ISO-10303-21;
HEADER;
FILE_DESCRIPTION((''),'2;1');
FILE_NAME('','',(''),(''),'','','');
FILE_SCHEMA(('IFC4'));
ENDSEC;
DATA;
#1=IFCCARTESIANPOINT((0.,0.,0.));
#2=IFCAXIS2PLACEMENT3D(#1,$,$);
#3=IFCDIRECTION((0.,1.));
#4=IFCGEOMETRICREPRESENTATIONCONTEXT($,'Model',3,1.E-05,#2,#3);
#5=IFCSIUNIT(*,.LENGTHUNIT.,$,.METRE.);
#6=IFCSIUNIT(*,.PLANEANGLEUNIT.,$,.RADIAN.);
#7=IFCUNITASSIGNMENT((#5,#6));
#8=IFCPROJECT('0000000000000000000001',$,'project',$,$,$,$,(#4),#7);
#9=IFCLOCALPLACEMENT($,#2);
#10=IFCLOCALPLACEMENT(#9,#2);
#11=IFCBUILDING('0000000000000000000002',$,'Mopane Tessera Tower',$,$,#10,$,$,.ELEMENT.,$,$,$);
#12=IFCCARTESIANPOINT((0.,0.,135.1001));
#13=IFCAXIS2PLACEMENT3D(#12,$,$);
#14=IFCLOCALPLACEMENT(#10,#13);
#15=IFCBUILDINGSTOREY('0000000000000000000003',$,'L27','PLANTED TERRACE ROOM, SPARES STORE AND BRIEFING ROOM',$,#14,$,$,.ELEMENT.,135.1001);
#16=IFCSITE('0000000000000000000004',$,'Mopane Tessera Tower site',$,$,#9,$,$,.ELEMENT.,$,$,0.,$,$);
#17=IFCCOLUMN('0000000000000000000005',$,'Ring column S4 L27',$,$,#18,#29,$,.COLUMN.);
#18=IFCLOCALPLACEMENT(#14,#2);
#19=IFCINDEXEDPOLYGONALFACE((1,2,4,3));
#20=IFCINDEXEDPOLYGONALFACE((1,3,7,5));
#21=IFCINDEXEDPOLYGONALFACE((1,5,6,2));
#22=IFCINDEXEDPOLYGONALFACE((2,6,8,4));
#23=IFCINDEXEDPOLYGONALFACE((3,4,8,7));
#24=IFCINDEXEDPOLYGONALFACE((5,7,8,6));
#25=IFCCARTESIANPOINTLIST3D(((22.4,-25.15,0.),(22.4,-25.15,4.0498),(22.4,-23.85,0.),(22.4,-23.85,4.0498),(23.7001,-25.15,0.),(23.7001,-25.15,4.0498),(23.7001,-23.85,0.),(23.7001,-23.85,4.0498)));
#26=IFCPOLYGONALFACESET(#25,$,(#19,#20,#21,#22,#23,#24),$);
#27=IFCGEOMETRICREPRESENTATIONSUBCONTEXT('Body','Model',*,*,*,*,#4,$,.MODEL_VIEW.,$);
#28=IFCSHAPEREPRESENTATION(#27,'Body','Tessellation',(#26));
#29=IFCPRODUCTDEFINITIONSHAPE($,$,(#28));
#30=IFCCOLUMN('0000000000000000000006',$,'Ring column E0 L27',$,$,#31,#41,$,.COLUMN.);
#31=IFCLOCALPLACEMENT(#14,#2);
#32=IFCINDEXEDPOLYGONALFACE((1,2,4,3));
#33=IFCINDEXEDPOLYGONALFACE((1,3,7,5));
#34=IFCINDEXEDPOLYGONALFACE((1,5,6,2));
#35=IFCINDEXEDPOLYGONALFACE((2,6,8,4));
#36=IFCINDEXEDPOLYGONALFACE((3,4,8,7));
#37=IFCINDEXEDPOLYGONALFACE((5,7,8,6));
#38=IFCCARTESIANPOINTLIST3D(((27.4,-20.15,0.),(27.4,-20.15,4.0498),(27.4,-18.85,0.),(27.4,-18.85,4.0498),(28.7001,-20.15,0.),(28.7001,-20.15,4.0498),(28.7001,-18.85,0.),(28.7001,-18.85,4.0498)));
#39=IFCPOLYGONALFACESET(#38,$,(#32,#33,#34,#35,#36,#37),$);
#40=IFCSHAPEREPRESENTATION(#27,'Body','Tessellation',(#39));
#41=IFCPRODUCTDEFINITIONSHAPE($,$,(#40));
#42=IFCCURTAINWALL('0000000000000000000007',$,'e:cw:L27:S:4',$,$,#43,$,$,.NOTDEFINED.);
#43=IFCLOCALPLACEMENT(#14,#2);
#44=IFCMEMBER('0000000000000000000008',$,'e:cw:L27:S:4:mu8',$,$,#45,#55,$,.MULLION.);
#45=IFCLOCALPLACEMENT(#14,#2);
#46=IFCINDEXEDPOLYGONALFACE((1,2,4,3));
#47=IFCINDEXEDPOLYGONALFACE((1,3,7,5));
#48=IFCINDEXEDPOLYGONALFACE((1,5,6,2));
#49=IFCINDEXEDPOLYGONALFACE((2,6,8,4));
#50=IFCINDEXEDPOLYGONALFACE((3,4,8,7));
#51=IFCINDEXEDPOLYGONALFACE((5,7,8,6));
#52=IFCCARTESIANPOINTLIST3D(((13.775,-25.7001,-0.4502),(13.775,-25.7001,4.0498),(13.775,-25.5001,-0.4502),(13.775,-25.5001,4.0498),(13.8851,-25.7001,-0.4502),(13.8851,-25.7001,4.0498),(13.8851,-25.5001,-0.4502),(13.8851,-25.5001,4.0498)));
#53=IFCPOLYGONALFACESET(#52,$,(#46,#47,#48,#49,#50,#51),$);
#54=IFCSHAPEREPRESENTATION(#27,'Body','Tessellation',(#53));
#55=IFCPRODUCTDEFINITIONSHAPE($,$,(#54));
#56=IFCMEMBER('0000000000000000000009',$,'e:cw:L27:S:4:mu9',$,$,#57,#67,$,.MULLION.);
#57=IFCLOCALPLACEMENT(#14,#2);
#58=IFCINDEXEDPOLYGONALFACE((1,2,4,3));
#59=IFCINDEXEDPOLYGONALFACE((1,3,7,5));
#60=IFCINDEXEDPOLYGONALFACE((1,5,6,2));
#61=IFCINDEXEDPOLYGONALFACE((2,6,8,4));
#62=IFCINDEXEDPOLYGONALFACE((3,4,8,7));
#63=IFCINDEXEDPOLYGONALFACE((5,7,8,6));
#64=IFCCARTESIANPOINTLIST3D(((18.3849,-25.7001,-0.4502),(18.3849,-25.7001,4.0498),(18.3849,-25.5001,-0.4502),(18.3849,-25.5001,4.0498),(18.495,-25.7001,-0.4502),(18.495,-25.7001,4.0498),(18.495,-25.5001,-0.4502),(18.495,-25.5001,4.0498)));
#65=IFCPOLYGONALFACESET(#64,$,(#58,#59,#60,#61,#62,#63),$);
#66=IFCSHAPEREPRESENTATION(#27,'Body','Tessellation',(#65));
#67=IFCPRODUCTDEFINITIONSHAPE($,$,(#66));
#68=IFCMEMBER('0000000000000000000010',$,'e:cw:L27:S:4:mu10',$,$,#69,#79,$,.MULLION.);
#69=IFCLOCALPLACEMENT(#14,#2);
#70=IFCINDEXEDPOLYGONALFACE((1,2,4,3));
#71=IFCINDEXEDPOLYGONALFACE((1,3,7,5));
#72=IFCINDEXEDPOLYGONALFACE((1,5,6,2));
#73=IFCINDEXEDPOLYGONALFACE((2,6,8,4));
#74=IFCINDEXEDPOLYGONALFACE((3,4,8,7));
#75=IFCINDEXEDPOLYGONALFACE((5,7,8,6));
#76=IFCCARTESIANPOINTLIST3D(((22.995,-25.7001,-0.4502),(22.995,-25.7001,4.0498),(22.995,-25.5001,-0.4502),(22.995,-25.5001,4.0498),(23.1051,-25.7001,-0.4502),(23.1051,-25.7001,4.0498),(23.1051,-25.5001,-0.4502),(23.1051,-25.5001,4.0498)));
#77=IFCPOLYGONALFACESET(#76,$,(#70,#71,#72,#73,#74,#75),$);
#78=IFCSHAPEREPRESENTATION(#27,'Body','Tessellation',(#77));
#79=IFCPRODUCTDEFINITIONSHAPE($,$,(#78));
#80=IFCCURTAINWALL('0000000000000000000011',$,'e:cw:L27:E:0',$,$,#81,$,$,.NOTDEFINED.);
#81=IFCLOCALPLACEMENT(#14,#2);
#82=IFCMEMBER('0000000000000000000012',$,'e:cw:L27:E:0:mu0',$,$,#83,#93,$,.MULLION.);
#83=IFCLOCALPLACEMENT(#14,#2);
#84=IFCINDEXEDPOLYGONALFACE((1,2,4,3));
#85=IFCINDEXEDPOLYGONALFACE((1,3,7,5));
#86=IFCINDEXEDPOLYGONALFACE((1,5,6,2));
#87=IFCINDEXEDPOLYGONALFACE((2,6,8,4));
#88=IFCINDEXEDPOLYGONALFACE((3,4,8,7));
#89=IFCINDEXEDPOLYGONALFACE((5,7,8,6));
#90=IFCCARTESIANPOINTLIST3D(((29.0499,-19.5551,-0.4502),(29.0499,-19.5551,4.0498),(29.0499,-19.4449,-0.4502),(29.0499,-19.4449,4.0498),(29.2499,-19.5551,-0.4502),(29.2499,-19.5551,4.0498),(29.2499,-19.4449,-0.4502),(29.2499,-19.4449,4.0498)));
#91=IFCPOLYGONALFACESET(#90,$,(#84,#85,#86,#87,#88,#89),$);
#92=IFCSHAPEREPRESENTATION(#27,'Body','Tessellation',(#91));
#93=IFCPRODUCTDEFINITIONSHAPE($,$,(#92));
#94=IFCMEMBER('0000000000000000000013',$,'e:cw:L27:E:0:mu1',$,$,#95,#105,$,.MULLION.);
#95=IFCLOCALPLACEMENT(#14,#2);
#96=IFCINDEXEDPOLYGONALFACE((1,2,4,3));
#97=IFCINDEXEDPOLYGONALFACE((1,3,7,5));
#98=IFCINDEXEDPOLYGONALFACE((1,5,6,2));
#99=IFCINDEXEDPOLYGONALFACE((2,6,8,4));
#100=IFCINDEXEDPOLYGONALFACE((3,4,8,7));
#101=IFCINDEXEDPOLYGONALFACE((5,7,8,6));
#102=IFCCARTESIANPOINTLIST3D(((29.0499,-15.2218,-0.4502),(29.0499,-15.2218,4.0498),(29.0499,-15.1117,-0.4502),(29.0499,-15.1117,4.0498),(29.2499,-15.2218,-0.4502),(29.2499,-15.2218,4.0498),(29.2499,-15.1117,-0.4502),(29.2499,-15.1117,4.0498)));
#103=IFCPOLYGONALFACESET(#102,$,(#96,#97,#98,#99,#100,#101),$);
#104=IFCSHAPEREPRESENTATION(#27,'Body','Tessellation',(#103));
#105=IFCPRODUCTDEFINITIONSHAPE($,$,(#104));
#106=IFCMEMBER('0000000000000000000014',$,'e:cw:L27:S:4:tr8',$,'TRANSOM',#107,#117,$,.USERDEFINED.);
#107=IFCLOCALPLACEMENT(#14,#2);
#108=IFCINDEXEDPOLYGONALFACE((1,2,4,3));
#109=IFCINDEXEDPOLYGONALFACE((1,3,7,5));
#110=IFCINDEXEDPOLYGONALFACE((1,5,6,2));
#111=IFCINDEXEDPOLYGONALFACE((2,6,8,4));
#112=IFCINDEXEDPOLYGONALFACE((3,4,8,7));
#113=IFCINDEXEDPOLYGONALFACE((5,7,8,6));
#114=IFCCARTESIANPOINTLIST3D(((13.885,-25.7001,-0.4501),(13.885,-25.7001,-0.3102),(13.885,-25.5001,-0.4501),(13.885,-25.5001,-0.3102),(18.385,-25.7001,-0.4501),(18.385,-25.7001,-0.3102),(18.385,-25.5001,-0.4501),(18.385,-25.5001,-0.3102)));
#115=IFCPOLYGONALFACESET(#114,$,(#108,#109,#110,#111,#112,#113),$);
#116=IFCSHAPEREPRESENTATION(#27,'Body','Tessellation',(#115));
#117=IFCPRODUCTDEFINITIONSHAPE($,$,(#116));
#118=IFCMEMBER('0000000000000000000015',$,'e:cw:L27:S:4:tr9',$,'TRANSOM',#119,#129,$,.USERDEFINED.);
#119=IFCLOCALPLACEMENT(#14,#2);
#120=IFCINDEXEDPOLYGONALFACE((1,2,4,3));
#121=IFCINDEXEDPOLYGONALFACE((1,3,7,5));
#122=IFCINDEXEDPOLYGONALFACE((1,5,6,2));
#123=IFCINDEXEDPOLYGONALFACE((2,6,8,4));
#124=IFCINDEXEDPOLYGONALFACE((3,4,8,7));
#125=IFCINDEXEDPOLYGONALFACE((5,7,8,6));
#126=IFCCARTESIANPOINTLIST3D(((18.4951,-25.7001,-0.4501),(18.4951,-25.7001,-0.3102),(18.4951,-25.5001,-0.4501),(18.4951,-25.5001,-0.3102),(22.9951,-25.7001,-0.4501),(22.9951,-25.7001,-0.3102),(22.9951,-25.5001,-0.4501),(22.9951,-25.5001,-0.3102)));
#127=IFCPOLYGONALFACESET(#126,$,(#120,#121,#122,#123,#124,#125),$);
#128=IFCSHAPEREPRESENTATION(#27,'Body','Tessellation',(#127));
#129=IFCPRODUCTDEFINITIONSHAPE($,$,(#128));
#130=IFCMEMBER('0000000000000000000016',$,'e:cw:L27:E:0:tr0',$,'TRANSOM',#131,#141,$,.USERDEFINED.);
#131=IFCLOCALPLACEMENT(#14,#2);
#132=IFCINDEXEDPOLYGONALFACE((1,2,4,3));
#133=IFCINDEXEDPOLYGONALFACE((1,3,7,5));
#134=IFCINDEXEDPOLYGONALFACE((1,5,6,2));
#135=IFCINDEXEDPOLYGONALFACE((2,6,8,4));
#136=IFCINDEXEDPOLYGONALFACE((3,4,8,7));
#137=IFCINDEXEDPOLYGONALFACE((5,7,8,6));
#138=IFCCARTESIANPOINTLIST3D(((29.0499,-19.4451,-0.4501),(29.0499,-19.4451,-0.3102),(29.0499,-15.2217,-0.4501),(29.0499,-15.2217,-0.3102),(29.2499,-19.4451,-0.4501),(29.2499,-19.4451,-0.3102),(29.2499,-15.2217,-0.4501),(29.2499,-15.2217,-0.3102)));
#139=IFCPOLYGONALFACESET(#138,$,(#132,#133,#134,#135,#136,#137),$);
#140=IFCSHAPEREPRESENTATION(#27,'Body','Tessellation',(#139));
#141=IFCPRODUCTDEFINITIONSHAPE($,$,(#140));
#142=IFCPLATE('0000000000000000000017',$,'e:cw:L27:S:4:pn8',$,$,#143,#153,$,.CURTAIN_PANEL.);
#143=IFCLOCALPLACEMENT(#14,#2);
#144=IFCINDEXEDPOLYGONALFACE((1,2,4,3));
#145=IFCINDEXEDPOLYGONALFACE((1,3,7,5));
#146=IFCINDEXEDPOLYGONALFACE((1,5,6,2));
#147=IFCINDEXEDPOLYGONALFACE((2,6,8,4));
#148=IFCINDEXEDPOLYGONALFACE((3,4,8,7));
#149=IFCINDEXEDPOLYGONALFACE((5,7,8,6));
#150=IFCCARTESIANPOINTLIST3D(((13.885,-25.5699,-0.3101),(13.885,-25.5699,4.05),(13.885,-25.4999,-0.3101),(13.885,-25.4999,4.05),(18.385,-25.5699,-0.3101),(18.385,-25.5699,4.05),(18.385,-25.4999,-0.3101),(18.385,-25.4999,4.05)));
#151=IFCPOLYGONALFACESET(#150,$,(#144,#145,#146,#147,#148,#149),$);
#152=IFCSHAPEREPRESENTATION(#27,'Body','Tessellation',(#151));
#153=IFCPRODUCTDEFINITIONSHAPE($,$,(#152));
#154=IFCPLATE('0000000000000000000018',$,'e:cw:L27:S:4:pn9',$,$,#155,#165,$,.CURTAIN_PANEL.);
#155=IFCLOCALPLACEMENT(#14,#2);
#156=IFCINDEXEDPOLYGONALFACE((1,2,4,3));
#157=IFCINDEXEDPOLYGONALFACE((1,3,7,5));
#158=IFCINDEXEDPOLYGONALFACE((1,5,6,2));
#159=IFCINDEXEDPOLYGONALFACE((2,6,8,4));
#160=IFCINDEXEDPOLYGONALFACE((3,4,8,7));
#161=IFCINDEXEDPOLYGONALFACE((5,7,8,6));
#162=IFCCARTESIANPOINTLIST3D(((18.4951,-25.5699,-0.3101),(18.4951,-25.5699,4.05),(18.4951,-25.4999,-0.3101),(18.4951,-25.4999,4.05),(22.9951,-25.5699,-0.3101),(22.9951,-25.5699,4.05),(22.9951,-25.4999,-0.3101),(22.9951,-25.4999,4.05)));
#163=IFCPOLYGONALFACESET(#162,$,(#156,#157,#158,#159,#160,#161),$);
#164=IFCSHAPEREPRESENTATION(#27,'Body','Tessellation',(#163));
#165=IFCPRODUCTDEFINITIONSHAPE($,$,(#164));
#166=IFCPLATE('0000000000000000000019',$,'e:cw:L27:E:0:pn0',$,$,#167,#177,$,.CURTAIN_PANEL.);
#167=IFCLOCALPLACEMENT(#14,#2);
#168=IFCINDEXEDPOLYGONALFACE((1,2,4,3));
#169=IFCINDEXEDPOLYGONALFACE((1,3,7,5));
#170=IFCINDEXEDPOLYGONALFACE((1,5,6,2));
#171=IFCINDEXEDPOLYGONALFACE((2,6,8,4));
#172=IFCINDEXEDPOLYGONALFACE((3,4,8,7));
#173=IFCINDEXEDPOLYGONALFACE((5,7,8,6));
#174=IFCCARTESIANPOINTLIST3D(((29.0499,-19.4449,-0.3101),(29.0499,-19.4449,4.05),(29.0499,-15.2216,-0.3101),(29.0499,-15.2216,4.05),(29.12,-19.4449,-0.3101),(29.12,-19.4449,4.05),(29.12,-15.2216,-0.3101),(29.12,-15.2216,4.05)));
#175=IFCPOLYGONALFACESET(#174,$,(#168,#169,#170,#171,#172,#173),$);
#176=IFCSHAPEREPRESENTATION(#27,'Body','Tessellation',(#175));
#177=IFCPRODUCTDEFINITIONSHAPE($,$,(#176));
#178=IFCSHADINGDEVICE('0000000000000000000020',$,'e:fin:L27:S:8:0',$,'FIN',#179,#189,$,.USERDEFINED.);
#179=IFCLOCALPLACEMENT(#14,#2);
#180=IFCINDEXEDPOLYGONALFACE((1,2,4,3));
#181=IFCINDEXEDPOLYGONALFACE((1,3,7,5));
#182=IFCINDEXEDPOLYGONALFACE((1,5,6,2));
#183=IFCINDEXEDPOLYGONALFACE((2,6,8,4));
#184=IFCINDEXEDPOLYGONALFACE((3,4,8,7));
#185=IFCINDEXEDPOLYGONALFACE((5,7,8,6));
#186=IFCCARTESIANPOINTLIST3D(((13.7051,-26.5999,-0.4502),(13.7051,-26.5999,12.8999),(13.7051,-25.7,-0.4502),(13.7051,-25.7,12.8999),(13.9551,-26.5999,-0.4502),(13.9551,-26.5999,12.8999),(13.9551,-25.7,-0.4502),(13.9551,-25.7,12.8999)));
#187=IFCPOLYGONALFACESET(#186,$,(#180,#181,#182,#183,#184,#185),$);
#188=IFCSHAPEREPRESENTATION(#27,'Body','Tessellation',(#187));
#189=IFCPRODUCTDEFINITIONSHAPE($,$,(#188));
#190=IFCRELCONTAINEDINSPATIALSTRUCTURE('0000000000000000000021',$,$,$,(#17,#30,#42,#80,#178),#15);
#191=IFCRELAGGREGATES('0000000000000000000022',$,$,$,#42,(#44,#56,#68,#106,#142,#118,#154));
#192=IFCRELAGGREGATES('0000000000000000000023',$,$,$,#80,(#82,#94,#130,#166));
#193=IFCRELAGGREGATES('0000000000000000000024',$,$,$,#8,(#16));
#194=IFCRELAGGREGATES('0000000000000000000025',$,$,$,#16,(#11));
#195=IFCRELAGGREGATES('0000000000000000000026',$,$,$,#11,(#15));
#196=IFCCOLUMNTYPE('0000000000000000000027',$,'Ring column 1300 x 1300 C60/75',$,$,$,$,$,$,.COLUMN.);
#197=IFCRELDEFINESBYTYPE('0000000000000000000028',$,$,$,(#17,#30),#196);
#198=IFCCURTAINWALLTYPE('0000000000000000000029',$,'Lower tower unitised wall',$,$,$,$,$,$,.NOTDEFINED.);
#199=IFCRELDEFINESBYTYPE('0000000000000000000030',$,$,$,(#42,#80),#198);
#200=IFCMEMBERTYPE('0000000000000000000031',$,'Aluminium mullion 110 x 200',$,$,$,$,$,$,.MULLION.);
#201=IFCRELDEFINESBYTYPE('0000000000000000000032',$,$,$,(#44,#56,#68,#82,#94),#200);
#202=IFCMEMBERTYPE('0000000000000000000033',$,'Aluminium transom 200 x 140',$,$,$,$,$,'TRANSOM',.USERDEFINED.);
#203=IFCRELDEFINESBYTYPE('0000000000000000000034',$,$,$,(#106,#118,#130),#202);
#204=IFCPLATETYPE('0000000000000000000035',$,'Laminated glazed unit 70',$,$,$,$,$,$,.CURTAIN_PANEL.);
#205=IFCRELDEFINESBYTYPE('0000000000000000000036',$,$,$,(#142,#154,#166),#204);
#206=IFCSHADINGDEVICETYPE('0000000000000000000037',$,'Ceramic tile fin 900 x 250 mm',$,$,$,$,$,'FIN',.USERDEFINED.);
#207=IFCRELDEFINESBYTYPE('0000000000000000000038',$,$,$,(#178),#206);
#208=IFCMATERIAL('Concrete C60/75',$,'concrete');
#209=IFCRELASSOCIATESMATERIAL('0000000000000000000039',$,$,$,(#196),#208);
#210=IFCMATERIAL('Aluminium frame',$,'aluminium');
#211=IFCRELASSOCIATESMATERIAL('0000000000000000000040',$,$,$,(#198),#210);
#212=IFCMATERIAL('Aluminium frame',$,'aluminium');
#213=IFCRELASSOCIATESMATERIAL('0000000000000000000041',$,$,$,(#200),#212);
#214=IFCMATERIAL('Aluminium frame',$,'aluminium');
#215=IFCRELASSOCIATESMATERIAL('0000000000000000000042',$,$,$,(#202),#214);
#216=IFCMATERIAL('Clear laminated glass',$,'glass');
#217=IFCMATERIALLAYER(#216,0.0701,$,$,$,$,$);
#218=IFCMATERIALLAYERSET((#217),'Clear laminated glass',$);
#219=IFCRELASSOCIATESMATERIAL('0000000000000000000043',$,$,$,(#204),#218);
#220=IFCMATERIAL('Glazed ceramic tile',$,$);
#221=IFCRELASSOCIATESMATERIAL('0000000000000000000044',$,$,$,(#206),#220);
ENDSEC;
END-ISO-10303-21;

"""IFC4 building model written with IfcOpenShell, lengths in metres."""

from ifc_helpers import new_model, si_unit, direction, frame, origin, origin_2d, place, context, subcontext, project, spatial, rectangle, extrude, material, layer, layer_set, material_profile, profile_set, type_object, element, aggregate, save


model = new_model("IFC4")

# Units and contexts
model_context = context("Model", 3, precision=1e-05, world=origin(), true_north=direction((0.0, 1.0)))
body_context = subcontext(model_context, "Body", "Model", "MODEL_VIEW")
ifc_project = project(units=[si_unit("LENGTHUNIT", "METRE"), si_unit("PLANEANGLEUNIT", "RADIAN")], contexts=[model_context])

# Site, building, storey
site_placement = place(None, origin())
site = spatial("IfcSite", under=ifc_project, at=site_placement, Name="Mopane Tessera Tower site", CompositionType="ELEMENT", RefElevation=0.0)
building_placement = place(site_placement, origin())
building = spatial("IfcBuilding", under=site, at=building_placement, Name="Mopane Tessera Tower", CompositionType="ELEMENT")
storey_placement = place(building_placement, frame((0.0, 0.0, 135.1001)))
storey = spatial("IfcBuildingStorey", under=building, at=storey_placement, Name="L27", Description="PLANTED TERRACE ROOM, SPARES STORE AND BRIEFING ROOM", CompositionType="ELEMENT", Elevation=135.1001)

# Columns
ifc_material_1 = material(Name="Concrete C60/75", Category="concrete")
ifc_material_profile_1 = material_profile(ifc_material_1, rectangle(XDim=1.3, YDim=1.3, at=origin_2d()))
ifc_profile_set_1 = profile_set([ifc_material_profile_1], Name="Concrete C60/75")
column_type = type_object("IfcColumnType", Name="Ring column 1300 x 1300 C60/75", PredefinedType="COLUMN", material=ifc_profile_set_1)
for number, where, z_axis, x_axis, name in (
    (1, (23.05, -24.5, 0.0), (0.0, 0.0, 1.0), (1.0, 0.0, 0.0), "Ring column S4 L27"),
    (2, (28.05, -19.5, 0.0), (0.0, 0.0, 1.0), (1.0, 0.0, 0.0), "Ring column E0 L27"),
):
    element("IfcColumn", number, at=place(storey_placement, frame(where, z_axis=z_axis, x_axis=x_axis)), inside=storey, type_object=column_type, Name=name, PredefinedType="COLUMN", context=body_context, shape_type="SweptSolid", body=[
        extrude(rectangle(XDim=1.3, YDim=1.3, at=origin_2d()), origin(), (0.0, 0.0, 1.0), 4.0498),
    ])

# Curtain walls, members
ifc_material_2 = material(Name="Aluminium frame", Category="aluminium")
curtain_wall_type = type_object("IfcCurtainWallType", Name="Lower tower unitised wall", PredefinedType="NOTDEFINED", material=ifc_material_2)
curtain_wall_1_placement = place(storey_placement, origin())
curtain_wall_1 = element("IfcCurtainWall", 3, at=curtain_wall_1_placement, inside=storey, type_object=curtain_wall_type, Name="e:cw:L27:S:4", PredefinedType="NOTDEFINED")
ifc_material_3 = material(Name="Aluminium frame", Category="aluminium")
ifc_material_profile_2 = material_profile(ifc_material_3, rectangle(XDim=0.1101, YDim=0.2, at=origin_2d()))
ifc_profile_set_2 = profile_set([ifc_material_profile_2], Name="Aluminium frame")
member_type_1 = type_object("IfcMemberType", Name="Aluminium mullion 110 x 200", PredefinedType="MULLION", material=ifc_profile_set_2)
member_1_placement = place(storey_placement, frame((13.8301, -25.6001, -0.4502), z_axis=(0.0, 0.0, 1.0), x_axis=(1.0, 0.0, 0.0)))
member_1 = element("IfcMember", 4, at=member_1_placement, type_object=member_type_1, Name="e:cw:L27:S:4:mu8", PredefinedType="MULLION", context=body_context, shape_type="SweptSolid", body=[
    extrude(rectangle(XDim=0.1101, YDim=0.2, at=origin_2d()), origin(), (0.0, 0.0, 1.0), 4.5),
])
member_2_placement = place(storey_placement, frame((18.4399, -25.6001, -0.4502), z_axis=(0.0, 0.0, 1.0), x_axis=(1.0, 0.0, 0.0)))
member_2 = element("IfcMember", 5, at=member_2_placement, type_object=member_type_1, Name="e:cw:L27:S:4:mu9", PredefinedType="MULLION", context=body_context, shape_type="SweptSolid", body=[
    extrude(rectangle(XDim=0.1101, YDim=0.2, at=origin_2d()), origin(), (0.0, 0.0, 1.0), 4.5),
])
member_3_placement = place(storey_placement, frame((23.05, -25.6001, -0.4502), z_axis=(0.0, 0.0, 1.0), x_axis=(1.0, 0.0, 0.0)))
member_3 = element("IfcMember", 6, at=member_3_placement, type_object=member_type_1, Name="e:cw:L27:S:4:mu10", PredefinedType="MULLION", context=body_context, shape_type="SweptSolid", body=[
    extrude(rectangle(XDim=0.1101, YDim=0.2, at=origin_2d()), origin(), (0.0, 0.0, 1.0), 4.5),
])
curtain_wall_2_placement = place(storey_placement, origin())
curtain_wall_2 = element("IfcCurtainWall", 7, at=curtain_wall_2_placement, inside=storey, type_object=curtain_wall_type, Name="e:cw:L27:E:0", PredefinedType="NOTDEFINED")
member_4_placement = place(storey_placement, frame((29.1499, -19.5, -0.4502), z_axis=(0.0, 0.0, 1.0), x_axis=(0.0, 1.0, 0.0)))
member_4 = element("IfcMember", 8, at=member_4_placement, type_object=member_type_1, Name="e:cw:L27:E:0:mu0", PredefinedType="MULLION", context=body_context, shape_type="SweptSolid", body=[
    extrude(rectangle(XDim=0.1101, YDim=0.2, at=origin_2d()), origin(), (0.0, 0.0, 1.0), 4.5),
])
member_5_placement = place(storey_placement, frame((29.1499, -15.1667, -0.4502), z_axis=(0.0, 0.0, 1.0), x_axis=(0.0, 1.0, 0.0)))
member_5 = element("IfcMember", 9, at=member_5_placement, type_object=member_type_1, Name="e:cw:L27:E:0:mu1", PredefinedType="MULLION", context=body_context, shape_type="SweptSolid", body=[
    extrude(rectangle(XDim=0.1101, YDim=0.2, at=origin_2d()), origin(), (0.0, 0.0, 1.0), 4.5),
])

# Members
ifc_material_4 = material(Name="Aluminium frame", Category="aluminium")
ifc_material_profile_3 = material_profile(ifc_material_4, rectangle(XDim=0.2, YDim=0.1399, at=origin_2d()))
ifc_profile_set_3 = profile_set([ifc_material_profile_3], Name="Aluminium frame")
member_type_2 = type_object("IfcMemberType", Name="Aluminium transom 200 x 140", ElementType="TRANSOM", PredefinedType="USERDEFINED", material=ifc_profile_set_3)
member_6_placement = place(storey_placement, frame((13.885, -25.6001, -0.3801), z_axis=(1.0, 0.0, 0.0), x_axis=(0.0, 1.0, 0.0)))
member_6 = element("IfcMember", 10, at=member_6_placement, type_object=member_type_2, Name="e:cw:L27:S:4:tr8", ObjectType="TRANSOM", PredefinedType="USERDEFINED", context=body_context, shape_type="SweptSolid", body=[
    extrude(rectangle(XDim=0.2, YDim=0.1399, at=origin_2d()), origin(), (0.0, 0.0, 1.0), 4.5),
])
member_7_placement = place(storey_placement, frame((18.4951, -25.6001, -0.3801), z_axis=(1.0, 0.0, 0.0), x_axis=(0.0, 1.0, 0.0)))
member_7 = element("IfcMember", 11, at=member_7_placement, type_object=member_type_2, Name="e:cw:L27:S:4:tr9", ObjectType="TRANSOM", PredefinedType="USERDEFINED", context=body_context, shape_type="SweptSolid", body=[
    extrude(rectangle(XDim=0.2, YDim=0.1399, at=origin_2d()), origin(), (0.0, 0.0, 1.0), 4.5),
])
member_8_placement = place(storey_placement, frame((29.1499, -19.4451, -0.3801), z_axis=(0.0, 1.0, 0.0), x_axis=(-1.0, 0.0, 0.0)))
member_8 = element("IfcMember", 12, at=member_8_placement, type_object=member_type_2, Name="e:cw:L27:E:0:tr0", ObjectType="TRANSOM", PredefinedType="USERDEFINED", context=body_context, shape_type="SweptSolid", body=[
    extrude(rectangle(XDim=0.2, YDim=0.1399, at=origin_2d()), origin(), (0.0, 0.0, 1.0), 4.2234),
])

# Plates
ifc_material_5 = material(Name="Clear laminated glass", Category="glass")
ifc_layer = layer(ifc_material_5, 0.0701)
ifc_layer_set = layer_set([ifc_layer], Name="Clear laminated glass")
plate_type = type_object("IfcPlateType", Name="Laminated glazed unit 70", PredefinedType="CURTAIN_PANEL", material=ifc_layer_set)
plate_1_placement = place(storey_placement, frame((16.135, -25.5349, -0.3101), z_axis=(0.0, 0.0, 1.0), x_axis=(1.0, 0.0, 0.0)))
plate_1 = element("IfcPlate", 13, at=plate_1_placement, type_object=plate_type, Name="e:cw:L27:S:4:pn8", PredefinedType="CURTAIN_PANEL", context=body_context, shape_type="SweptSolid", body=[
    extrude(rectangle(XDim=4.5, YDim=0.0701, at=origin_2d()), origin(), (0.0, 0.0, 1.0), 4.3601),
])
plate_2_placement = place(storey_placement, frame((20.7451, -25.5349, -0.3101), z_axis=(0.0, 0.0, 1.0), x_axis=(1.0, 0.0, 0.0)))
plate_2 = element("IfcPlate", 14, at=plate_2_placement, type_object=plate_type, Name="e:cw:L27:S:4:pn9", PredefinedType="CURTAIN_PANEL", context=body_context, shape_type="SweptSolid", body=[
    extrude(rectangle(XDim=4.5, YDim=0.0701, at=origin_2d()), origin(), (0.0, 0.0, 1.0), 4.3601),
])
aggregate(curtain_wall_1, [member_1, member_2, member_3, member_6, plate_1, member_7, plate_2])
plate_3_placement = place(storey_placement, frame((29.085, -17.3333, -0.3101), z_axis=(0.0, 0.0, 1.0), x_axis=(0.0, 1.0, 0.0)))
plate_3 = element("IfcPlate", 15, at=plate_3_placement, type_object=plate_type, Name="e:cw:L27:E:0:pn0", PredefinedType="CURTAIN_PANEL", context=body_context, shape_type="SweptSolid", body=[
    extrude(rectangle(XDim=4.2234, YDim=0.0701, at=origin_2d()), origin(), (0.0, 0.0, 1.0), 4.3601),
])
aggregate(curtain_wall_2, [member_4, member_5, member_8, plate_3])

# Shading device
ifc_material_6 = material(Name="Glazed ceramic tile")
shading_device_type = type_object("IfcShadingDeviceType", Name="Ceramic tile fin 900 x 250 mm", ElementType="FIN", PredefinedType="USERDEFINED", material=ifc_material_6)
for number, where, z_axis, x_axis, name in (
    (16, (13.8301, -26.1499, -0.4502), (0.0, 0.0, 1.0), (1.0, 0.0, 0.0), "e:fin:L27:S:8:0"),
):
    element("IfcShadingDevice", number, at=place(storey_placement, frame(where, z_axis=z_axis, x_axis=x_axis)), inside=storey, type_object=shading_device_type, Name=name, ObjectType="FIN", PredefinedType="USERDEFINED", context=body_context, shape_type="SweptSolid", body=[
        extrude(rectangle(XDim=0.25, YDim=0.8999, at=origin_2d()), origin(), (0.0, 0.0, 1.0), 13.3501),
    ])

save(model, "model.ifc")
